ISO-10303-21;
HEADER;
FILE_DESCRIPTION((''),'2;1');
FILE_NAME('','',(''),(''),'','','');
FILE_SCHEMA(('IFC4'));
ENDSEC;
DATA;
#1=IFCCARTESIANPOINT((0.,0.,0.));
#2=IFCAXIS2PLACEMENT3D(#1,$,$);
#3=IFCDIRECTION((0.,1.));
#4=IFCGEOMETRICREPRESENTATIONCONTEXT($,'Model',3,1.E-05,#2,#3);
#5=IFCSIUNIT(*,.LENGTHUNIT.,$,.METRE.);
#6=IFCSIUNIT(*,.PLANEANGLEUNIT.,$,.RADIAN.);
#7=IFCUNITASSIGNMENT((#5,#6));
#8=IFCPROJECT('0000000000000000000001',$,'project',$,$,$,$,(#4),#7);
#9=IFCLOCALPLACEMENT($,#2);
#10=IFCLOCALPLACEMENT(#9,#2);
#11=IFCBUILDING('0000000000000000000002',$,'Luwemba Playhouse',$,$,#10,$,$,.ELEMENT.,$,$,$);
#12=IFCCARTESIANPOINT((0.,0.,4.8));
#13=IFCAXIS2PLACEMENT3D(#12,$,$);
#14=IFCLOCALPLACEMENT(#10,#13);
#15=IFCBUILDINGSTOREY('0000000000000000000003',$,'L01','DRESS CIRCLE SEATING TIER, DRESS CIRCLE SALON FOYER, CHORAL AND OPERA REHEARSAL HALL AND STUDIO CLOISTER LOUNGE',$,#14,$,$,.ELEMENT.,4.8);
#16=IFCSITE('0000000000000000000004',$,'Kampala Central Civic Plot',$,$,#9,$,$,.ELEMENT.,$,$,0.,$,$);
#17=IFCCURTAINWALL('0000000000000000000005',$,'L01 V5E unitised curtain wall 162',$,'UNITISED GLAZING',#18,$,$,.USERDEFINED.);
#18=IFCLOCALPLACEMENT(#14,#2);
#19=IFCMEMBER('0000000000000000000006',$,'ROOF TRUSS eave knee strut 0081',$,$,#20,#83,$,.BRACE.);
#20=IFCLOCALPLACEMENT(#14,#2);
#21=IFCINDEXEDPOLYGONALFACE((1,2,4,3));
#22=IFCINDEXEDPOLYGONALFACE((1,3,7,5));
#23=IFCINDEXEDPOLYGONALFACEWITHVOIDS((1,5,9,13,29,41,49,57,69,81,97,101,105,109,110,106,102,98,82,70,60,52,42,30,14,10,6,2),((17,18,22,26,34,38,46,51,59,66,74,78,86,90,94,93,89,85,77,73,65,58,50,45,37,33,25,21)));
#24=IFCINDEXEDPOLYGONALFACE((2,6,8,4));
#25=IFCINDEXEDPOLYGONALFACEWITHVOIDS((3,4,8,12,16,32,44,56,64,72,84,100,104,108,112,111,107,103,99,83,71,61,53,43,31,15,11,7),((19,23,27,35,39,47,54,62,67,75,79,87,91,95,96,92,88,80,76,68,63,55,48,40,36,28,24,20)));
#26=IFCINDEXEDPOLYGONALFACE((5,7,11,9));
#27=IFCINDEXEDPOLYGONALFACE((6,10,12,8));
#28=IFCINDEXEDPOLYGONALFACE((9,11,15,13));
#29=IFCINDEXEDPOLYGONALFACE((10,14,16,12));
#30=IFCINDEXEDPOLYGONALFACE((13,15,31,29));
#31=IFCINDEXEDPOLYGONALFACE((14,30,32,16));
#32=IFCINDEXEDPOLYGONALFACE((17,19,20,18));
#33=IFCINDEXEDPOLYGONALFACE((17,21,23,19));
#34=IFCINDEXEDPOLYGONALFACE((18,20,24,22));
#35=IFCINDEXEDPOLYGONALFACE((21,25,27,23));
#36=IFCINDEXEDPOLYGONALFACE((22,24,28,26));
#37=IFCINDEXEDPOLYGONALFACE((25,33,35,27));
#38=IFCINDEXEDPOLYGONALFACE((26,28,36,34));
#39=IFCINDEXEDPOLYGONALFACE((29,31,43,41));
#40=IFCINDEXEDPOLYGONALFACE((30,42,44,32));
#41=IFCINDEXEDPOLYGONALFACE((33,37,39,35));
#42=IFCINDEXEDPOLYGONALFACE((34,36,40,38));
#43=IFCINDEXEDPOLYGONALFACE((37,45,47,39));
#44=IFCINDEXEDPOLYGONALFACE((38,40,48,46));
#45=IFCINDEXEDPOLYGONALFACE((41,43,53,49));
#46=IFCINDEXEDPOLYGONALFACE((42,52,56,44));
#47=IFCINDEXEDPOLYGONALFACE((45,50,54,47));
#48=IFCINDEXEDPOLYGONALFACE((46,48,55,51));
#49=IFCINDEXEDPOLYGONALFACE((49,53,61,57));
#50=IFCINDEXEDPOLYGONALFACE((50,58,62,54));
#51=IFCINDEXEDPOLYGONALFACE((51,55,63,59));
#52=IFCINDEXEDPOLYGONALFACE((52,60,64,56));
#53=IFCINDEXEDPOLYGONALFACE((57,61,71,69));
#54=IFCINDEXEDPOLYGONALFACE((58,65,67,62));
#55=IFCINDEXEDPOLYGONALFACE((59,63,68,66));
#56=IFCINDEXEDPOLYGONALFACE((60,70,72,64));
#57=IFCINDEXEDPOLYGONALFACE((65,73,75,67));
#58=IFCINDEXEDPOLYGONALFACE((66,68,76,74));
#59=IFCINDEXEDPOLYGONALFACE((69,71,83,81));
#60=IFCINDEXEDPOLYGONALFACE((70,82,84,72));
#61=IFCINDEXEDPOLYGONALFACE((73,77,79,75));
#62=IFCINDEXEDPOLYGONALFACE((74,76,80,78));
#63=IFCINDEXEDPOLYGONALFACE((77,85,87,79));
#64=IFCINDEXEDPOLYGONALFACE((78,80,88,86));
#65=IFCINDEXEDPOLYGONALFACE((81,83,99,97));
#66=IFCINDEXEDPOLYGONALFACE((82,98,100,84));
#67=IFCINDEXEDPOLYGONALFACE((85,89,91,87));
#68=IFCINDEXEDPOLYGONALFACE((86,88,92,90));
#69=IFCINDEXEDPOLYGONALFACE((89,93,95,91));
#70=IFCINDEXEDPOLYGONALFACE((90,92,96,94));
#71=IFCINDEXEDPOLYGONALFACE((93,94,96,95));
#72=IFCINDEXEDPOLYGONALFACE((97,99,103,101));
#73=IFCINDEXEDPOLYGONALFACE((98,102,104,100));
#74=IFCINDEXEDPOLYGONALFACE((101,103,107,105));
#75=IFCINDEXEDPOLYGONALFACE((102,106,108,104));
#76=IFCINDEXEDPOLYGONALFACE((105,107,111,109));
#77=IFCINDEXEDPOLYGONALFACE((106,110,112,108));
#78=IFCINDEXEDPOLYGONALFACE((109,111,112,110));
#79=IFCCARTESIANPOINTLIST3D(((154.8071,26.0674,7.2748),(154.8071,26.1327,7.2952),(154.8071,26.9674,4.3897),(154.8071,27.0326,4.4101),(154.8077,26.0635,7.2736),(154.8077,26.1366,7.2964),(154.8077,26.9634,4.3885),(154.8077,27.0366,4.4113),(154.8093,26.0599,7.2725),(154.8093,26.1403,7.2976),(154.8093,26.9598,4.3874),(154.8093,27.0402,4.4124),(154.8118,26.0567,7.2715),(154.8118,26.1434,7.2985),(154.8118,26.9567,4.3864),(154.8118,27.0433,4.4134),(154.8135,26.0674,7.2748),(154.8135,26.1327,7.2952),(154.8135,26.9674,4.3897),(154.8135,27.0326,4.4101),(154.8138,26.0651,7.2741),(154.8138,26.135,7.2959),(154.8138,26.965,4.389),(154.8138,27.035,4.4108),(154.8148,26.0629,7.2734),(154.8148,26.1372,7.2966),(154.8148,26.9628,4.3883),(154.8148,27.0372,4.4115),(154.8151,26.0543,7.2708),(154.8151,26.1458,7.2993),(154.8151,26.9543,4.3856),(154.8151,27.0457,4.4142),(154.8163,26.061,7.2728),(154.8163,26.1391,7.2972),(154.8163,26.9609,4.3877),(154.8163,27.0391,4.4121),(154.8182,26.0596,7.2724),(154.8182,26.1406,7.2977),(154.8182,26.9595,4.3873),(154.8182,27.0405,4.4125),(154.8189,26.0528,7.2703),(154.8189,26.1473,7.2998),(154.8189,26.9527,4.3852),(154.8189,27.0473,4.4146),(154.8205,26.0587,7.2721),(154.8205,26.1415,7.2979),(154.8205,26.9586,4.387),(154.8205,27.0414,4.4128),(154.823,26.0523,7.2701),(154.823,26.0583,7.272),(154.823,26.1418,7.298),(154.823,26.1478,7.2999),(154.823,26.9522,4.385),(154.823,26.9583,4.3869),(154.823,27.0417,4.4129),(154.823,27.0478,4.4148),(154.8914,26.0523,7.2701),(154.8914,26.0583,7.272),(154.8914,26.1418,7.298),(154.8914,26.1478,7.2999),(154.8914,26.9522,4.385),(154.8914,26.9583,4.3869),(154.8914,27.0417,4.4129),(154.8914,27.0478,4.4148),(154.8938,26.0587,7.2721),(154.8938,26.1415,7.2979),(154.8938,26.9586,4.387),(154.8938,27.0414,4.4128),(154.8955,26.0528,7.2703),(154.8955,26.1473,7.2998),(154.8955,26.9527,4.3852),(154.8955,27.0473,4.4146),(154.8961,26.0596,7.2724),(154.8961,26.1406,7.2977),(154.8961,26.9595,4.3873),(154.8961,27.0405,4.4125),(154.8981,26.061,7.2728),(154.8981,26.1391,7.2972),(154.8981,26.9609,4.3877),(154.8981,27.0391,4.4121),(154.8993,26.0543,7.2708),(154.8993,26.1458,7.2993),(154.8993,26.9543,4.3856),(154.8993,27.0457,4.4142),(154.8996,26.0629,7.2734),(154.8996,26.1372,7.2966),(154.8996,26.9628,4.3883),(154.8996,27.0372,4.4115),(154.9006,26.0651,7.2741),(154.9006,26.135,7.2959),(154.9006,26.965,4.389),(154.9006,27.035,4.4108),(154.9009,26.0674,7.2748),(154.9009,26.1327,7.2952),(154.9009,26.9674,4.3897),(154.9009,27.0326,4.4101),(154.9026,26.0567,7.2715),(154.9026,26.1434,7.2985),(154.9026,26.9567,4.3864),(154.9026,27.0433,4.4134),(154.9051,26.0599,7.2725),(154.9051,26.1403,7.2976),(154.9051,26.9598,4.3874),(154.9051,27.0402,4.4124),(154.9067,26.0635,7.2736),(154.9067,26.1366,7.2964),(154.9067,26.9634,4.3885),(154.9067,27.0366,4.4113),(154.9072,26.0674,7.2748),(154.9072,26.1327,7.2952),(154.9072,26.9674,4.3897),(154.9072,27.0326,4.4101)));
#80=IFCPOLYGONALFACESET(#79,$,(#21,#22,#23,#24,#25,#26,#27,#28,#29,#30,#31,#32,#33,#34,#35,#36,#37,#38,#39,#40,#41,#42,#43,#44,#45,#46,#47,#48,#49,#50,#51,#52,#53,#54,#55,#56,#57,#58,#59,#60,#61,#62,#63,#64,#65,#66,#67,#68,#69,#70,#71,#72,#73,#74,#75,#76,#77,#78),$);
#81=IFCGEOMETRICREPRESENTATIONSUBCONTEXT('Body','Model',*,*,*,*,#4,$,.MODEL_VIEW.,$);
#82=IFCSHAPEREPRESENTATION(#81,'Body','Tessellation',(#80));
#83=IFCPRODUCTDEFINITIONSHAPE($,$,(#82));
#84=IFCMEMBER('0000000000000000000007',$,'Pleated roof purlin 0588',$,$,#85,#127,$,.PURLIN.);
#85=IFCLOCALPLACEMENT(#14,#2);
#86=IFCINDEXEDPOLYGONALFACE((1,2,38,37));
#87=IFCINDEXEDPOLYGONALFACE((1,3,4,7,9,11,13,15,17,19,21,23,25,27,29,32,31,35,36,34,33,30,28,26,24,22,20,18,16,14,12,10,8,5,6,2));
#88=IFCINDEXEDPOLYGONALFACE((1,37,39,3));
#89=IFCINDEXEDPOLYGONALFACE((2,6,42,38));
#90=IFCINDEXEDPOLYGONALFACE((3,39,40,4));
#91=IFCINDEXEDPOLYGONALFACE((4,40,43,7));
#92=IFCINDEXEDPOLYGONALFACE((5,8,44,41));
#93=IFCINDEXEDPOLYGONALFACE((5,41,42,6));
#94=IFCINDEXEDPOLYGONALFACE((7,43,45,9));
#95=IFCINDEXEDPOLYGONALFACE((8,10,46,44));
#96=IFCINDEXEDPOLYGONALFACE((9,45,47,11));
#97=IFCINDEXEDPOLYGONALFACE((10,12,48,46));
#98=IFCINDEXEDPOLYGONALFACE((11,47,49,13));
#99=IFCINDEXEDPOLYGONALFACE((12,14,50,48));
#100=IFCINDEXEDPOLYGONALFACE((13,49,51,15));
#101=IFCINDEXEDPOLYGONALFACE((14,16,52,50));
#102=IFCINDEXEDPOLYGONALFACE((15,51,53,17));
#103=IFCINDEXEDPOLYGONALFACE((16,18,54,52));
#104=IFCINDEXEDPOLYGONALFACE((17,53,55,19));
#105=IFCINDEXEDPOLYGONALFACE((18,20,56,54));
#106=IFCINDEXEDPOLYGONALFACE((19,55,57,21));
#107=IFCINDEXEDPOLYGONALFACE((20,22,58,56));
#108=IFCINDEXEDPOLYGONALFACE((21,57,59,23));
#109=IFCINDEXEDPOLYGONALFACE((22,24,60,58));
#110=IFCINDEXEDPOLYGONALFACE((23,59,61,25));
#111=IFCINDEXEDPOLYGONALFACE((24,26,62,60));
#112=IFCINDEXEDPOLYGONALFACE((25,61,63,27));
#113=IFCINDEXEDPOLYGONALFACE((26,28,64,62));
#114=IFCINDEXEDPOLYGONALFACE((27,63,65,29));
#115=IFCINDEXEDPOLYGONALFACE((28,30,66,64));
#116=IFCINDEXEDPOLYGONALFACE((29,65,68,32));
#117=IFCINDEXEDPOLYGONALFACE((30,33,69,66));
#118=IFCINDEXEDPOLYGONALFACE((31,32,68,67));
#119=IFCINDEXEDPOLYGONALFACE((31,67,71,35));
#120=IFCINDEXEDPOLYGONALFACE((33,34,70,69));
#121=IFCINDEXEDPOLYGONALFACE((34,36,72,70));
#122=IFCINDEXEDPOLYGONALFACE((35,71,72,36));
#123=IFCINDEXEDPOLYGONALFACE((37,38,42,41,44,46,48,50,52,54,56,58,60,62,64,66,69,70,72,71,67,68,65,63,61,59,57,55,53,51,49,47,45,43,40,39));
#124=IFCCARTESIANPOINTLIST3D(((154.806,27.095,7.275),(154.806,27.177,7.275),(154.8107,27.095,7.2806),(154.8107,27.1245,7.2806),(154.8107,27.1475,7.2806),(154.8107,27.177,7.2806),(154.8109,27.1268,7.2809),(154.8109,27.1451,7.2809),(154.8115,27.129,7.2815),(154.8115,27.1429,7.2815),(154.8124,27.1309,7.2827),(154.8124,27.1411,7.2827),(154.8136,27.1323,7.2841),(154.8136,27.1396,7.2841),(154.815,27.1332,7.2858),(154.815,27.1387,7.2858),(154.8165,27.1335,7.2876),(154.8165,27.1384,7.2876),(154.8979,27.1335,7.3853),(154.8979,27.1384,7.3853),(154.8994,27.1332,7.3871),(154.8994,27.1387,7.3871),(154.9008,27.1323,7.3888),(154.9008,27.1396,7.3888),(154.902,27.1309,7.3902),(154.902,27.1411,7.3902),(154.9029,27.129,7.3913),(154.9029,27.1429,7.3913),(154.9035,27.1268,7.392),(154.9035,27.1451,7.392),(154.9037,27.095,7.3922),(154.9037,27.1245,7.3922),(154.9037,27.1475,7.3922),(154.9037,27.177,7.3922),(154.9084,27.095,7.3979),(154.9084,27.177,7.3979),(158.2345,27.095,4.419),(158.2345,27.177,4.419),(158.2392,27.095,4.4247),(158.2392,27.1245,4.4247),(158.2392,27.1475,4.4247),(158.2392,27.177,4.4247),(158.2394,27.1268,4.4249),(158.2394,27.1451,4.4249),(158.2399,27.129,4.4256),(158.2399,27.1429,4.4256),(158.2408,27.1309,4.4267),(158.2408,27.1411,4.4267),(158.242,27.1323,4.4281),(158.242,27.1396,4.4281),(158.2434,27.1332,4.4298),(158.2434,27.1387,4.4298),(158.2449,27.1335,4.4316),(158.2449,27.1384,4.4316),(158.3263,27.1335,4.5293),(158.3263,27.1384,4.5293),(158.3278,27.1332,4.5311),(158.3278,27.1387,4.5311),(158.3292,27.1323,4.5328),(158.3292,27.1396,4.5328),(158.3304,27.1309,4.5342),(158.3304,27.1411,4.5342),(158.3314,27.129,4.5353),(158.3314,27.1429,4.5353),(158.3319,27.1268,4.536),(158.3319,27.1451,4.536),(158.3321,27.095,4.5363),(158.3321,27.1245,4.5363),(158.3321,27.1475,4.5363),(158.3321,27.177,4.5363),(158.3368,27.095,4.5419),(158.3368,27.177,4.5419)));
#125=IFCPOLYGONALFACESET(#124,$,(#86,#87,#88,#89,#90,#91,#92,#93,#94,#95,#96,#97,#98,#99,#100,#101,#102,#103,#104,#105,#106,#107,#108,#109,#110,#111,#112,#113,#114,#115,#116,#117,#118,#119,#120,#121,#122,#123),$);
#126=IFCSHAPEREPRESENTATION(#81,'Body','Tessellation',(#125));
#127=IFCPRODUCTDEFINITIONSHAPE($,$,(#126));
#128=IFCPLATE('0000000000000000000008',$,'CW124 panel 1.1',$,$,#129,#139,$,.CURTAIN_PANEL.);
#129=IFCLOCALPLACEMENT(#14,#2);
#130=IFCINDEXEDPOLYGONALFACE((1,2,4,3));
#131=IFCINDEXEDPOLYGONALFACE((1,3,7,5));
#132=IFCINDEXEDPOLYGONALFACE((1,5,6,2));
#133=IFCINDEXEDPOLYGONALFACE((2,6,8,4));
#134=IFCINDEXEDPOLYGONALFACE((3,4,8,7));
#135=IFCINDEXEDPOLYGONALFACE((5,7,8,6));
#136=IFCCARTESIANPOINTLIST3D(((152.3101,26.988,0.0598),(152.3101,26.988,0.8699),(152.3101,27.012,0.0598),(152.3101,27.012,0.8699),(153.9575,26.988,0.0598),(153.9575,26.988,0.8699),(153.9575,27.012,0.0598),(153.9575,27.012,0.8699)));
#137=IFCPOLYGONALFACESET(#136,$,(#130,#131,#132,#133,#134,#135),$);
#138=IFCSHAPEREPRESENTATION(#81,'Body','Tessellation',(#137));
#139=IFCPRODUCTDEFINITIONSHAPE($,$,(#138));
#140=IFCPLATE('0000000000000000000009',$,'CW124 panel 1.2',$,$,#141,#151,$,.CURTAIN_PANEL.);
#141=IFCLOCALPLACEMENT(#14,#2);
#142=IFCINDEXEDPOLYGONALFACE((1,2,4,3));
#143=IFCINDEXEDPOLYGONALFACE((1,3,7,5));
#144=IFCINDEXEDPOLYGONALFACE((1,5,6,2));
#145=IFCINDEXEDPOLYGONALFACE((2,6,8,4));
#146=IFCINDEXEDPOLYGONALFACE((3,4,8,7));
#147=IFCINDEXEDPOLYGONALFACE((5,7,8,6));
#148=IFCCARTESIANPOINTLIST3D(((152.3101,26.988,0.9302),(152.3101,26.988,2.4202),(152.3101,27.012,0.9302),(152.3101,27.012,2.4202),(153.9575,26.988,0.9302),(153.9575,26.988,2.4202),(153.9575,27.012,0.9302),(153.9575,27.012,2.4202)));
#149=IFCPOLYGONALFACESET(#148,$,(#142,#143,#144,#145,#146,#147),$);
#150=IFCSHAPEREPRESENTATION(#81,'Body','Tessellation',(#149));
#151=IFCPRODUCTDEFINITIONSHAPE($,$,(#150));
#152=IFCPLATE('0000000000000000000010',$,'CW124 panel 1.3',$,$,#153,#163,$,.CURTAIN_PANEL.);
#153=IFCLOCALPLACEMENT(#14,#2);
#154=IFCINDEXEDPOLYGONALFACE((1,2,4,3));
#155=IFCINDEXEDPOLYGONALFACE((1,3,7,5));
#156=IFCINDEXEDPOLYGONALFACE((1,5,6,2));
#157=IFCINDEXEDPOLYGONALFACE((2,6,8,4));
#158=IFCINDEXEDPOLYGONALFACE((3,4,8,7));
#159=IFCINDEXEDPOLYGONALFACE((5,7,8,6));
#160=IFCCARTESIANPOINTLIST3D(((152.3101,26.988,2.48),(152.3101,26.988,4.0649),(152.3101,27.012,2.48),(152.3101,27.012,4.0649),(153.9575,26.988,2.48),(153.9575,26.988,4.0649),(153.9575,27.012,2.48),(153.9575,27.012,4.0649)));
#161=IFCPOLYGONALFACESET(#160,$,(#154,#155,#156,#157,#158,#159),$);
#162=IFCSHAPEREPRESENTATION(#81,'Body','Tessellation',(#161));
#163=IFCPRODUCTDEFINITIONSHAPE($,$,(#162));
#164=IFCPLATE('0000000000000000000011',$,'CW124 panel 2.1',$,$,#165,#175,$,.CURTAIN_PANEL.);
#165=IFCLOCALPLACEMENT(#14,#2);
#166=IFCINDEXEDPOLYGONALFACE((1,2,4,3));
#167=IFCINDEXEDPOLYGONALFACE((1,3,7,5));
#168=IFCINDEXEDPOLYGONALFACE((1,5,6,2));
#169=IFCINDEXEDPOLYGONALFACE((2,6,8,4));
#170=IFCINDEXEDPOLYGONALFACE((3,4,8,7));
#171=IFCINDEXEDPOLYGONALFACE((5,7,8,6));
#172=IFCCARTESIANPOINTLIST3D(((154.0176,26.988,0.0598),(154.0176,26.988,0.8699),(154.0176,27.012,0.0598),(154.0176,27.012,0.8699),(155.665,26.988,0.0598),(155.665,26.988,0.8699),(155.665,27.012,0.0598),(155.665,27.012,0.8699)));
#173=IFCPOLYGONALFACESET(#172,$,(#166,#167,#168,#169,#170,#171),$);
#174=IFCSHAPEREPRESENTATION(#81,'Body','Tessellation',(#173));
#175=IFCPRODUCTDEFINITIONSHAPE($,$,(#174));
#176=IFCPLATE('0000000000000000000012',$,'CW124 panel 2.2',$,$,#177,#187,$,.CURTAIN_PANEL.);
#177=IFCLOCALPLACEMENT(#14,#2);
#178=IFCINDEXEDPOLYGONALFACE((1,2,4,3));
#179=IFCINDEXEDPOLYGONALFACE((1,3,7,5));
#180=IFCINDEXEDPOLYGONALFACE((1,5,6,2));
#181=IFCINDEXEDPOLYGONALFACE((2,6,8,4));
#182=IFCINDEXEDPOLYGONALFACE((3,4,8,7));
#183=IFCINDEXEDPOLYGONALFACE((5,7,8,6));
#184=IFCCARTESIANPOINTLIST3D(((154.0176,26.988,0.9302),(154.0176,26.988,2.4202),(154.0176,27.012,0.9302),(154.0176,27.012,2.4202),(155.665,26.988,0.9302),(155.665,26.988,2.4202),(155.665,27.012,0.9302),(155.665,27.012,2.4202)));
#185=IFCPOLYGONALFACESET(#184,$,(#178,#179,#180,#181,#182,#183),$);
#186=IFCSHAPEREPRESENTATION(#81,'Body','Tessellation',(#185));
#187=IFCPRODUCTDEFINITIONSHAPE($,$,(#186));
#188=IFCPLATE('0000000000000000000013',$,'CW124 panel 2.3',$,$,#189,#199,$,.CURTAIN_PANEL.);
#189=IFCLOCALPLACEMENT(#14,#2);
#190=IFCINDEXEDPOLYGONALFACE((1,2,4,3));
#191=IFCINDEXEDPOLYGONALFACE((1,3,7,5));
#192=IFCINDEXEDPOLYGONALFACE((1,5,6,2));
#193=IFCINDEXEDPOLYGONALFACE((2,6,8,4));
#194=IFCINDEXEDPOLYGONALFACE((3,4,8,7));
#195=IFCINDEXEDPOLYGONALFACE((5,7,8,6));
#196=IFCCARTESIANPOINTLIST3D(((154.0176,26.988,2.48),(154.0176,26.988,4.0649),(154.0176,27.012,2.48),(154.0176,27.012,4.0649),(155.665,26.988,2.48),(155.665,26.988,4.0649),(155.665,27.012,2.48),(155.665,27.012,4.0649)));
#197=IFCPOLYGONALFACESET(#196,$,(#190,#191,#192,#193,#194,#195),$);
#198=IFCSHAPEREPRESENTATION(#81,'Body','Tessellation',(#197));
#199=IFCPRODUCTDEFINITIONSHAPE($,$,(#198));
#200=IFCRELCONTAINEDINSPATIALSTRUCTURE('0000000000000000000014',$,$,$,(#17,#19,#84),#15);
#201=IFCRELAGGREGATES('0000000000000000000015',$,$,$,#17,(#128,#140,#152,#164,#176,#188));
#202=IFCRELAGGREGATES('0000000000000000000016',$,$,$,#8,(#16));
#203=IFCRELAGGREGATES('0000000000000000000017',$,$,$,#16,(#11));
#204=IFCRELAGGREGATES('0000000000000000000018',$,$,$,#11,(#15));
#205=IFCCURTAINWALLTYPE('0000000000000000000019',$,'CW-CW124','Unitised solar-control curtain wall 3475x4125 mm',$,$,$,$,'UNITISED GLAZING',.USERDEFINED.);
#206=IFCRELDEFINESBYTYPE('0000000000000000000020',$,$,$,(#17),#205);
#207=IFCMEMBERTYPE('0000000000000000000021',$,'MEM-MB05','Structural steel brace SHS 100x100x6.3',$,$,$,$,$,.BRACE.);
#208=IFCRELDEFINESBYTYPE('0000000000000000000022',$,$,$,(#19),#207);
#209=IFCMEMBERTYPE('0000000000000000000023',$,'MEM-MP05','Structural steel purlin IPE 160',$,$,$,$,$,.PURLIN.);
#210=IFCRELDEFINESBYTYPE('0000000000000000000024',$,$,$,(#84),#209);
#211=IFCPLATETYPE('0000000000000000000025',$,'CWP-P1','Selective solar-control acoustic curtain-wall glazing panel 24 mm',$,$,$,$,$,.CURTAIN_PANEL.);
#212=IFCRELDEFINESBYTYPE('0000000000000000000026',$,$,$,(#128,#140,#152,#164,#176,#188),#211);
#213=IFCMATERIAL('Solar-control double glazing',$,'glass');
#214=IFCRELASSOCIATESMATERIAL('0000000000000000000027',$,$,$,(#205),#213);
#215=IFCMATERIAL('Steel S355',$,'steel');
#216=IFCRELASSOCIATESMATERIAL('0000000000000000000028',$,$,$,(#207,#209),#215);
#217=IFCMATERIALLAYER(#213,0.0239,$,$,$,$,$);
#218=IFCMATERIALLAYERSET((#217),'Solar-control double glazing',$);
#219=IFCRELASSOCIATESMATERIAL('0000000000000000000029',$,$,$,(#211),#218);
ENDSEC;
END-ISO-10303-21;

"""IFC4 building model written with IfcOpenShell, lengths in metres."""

from ifc_helpers import new_model, si_unit, direction, frame, origin, origin_2d, place, context, subcontext, project, spatial, rectangle, hollow_rectangle, i_section, extrude, material, layer, layer_set, material_profile, profile_set, type_object, element, aggregate, save


model = new_model("IFC4")

# Units and contexts
model_context = context("Model", 3, precision=1e-05, world=origin(), true_north=direction((0.0, 1.0)))
body_context = subcontext(model_context, "Body", "Model", "MODEL_VIEW")
ifc_project = project(units=[si_unit("LENGTHUNIT", "METRE"), si_unit("PLANEANGLEUNIT", "RADIAN")], contexts=[model_context])

# Site, building, storey
site_placement = place(None, origin())
site = spatial("IfcSite", under=ifc_project, at=site_placement, Name="Kampala Central Civic Plot", CompositionType="ELEMENT", RefElevation=0.0)
building_placement = place(site_placement, origin())
building = spatial("IfcBuilding", under=site, at=building_placement, Name="Luwemba Playhouse", CompositionType="ELEMENT")
storey_placement = place(building_placement, frame((0.0, 0.0, 4.8)))
storey = spatial("IfcBuildingStorey", under=building, at=storey_placement, Name="L01", Description="DRESS CIRCLE SEATING TIER, DRESS CIRCLE SALON FOYER, CHORAL AND OPERA REHEARSAL HALL AND STUDIO CLOISTER LOUNGE", CompositionType="ELEMENT", Elevation=4.8)

# Shared definitions
ifc_material_1 = material(Name="Steel S355", Category="steel")

# Curtain wall
ifc_material_2 = material(Name="Solar-control double glazing", Category="glass")
curtain_wall_type_1 = type_object("IfcCurtainWallType", Name="CW-CW124", Description="Unitised solar-control curtain wall 3475x4125 mm", ElementType="UNITISED GLAZING", PredefinedType="USERDEFINED", material=ifc_material_2)
curtain_wall_1_placement = place(storey_placement, origin())
curtain_wall_1 = element("IfcCurtainWall", 1, at=curtain_wall_1_placement, inside=storey, type_object=curtain_wall_type_1, Name="L01 V5E unitised curtain wall 162", ObjectType="UNITISED GLAZING", PredefinedType="USERDEFINED")

# Members
ifc_material_profile_1 = material_profile(ifc_material_1, hollow_rectangle(XDim=0.1001, YDim=0.1001, WallThickness=0.0063, InnerFilletRadius=0.0095, OuterFilletRadius=0.0159, at=origin_2d()))
ifc_profile_set_1 = profile_set([ifc_material_profile_1], Name="Steel S355")
member_type_1 = type_object("IfcMemberType", Name="MEM-MB05", Description="Structural steel brace SHS 100x100x6.3", PredefinedType="BRACE", material=ifc_profile_set_1)
member_1_placement = place(storey_placement, frame((154.8572, 27.0, 4.3999), z_axis=(0.0, -0.297774, 0.954637), x_axis=(1.0, 0.0, 0.0)))
element("IfcMember", 2, at=member_1_placement, inside=storey, type_object=member_type_1, Name="ROOF TRUSS eave knee strut 0081", PredefinedType="BRACE", context=body_context, shape_type="SweptSolid", body=[
    extrude(hollow_rectangle(XDim=0.1001, YDim=0.1001, WallThickness=0.0063, InnerFilletRadius=0.0095, OuterFilletRadius=0.0159, at=origin_2d()), origin(), (0.0, 0.0, 1.0), 3.0222),
])
ifc_material_profile_2 = material_profile(ifc_material_1, i_section(OverallWidth=0.082, OverallDepth=0.1599, WebThickness=0.0049, FlangeThickness=0.0073, FilletRadius=0.009, at=origin_2d()))
ifc_profile_set_2 = profile_set([ifc_material_profile_2], Name="Steel S355")
member_type_2 = type_object("IfcMemberType", Name="MEM-MP05", Description="Structural steel purlin IPE 160", PredefinedType="PURLIN", material=ifc_profile_set_2)
member_2_placement = place(storey_placement, frame((154.8572, 27.136, 7.3364), z_axis=(0.768342, 0.0, -0.640039), x_axis=(0.0, 1.0, 0.0)))
element("IfcMember", 3, at=member_2_placement, inside=storey, type_object=member_type_2, Name="Pleated roof purlin 0588", PredefinedType="PURLIN", context=body_context, shape_type="SweptSolid", body=[
    extrude(i_section(OverallWidth=0.082, OverallDepth=0.1599, WebThickness=0.0049, FlangeThickness=0.0073, FilletRadius=0.009, at=origin_2d()), origin(), (0.0, 0.0, 1.0), 4.4622),
])

# Plates
ifc_layer_1 = layer(ifc_material_2, 0.0239)
ifc_layer_set_1 = layer_set([ifc_layer_1], Name="Solar-control double glazing")
plate_type_1 = type_object("IfcPlateType", Name="CWP-P1", Description="Selective solar-control acoustic curtain-wall glazing panel 24 mm", PredefinedType="CURTAIN_PANEL", material=ifc_layer_set_1)
plate_1_placement = place(storey_placement, frame((153.1338, 27.0, 0.0598), z_axis=(0.0, 0.0, 1.0), x_axis=(1.0, 0.0, 0.0)))
plate_1 = element("IfcPlate", 4, at=plate_1_placement, type_object=plate_type_1, Name="CW124 panel 1.1", PredefinedType="CURTAIN_PANEL", context=body_context, shape_type="SweptSolid", body=[
    extrude(rectangle(XDim=1.6475, YDim=0.0239, at=origin_2d()), origin(), (0.0, 0.0, 1.0), 0.8101),
])
plate_2_placement = place(storey_placement, frame((153.1338, 27.0, 0.9302), z_axis=(0.0, 0.0, 1.0), x_axis=(1.0, 0.0, 0.0)))
plate_2 = element("IfcPlate", 5, at=plate_2_placement, type_object=plate_type_1, Name="CW124 panel 1.2", PredefinedType="CURTAIN_PANEL", context=body_context, shape_type="SweptSolid", body=[
    extrude(rectangle(XDim=1.6475, YDim=0.0239, at=origin_2d()), origin(), (0.0, 0.0, 1.0), 1.49),
])
plate_3_placement = place(storey_placement, frame((153.1338, 27.0, 2.48), z_axis=(0.0, 0.0, 1.0), x_axis=(1.0, 0.0, 0.0)))
plate_3 = element("IfcPlate", 6, at=plate_3_placement, type_object=plate_type_1, Name="CW124 panel 1.3", PredefinedType="CURTAIN_PANEL", context=body_context, shape_type="SweptSolid", body=[
    extrude(rectangle(XDim=1.6475, YDim=0.0239, at=origin_2d()), origin(), (0.0, 0.0, 1.0), 1.585),
])
plate_4_placement = place(storey_placement, frame((154.8413, 27.0, 0.0598), z_axis=(0.0, 0.0, 1.0), x_axis=(1.0, 0.0, 0.0)))
plate_4 = element("IfcPlate", 7, at=plate_4_placement, type_object=plate_type_1, Name="CW124 panel 2.1", PredefinedType="CURTAIN_PANEL", context=body_context, shape_type="SweptSolid", body=[
    extrude(rectangle(XDim=1.6475, YDim=0.0239, at=origin_2d()), origin(), (0.0, 0.0, 1.0), 0.8101),
])
plate_5_placement = place(storey_placement, frame((154.8413, 27.0, 0.9302), z_axis=(0.0, 0.0, 1.0), x_axis=(1.0, 0.0, 0.0)))
plate_5 = element("IfcPlate", 8, at=plate_5_placement, type_object=plate_type_1, Name="CW124 panel 2.2", PredefinedType="CURTAIN_PANEL", context=body_context, shape_type="SweptSolid", body=[
    extrude(rectangle(XDim=1.6475, YDim=0.0239, at=origin_2d()), origin(), (0.0, 0.0, 1.0), 1.49),
])
plate_6_placement = place(storey_placement, frame((154.8413, 27.0, 2.48), z_axis=(0.0, 0.0, 1.0), x_axis=(1.0, 0.0, 0.0)))
plate_6 = element("IfcPlate", 9, at=plate_6_placement, type_object=plate_type_1, Name="CW124 panel 2.3", PredefinedType="CURTAIN_PANEL", context=body_context, shape_type="SweptSolid", body=[
    extrude(rectangle(XDim=1.6475, YDim=0.0239, at=origin_2d()), origin(), (0.0, 0.0, 1.0), 1.585),
])
aggregate(curtain_wall_1, [plate_1, plate_2, plate_3, plate_4, plate_5, plate_6])

save(model, "model.ifc")
